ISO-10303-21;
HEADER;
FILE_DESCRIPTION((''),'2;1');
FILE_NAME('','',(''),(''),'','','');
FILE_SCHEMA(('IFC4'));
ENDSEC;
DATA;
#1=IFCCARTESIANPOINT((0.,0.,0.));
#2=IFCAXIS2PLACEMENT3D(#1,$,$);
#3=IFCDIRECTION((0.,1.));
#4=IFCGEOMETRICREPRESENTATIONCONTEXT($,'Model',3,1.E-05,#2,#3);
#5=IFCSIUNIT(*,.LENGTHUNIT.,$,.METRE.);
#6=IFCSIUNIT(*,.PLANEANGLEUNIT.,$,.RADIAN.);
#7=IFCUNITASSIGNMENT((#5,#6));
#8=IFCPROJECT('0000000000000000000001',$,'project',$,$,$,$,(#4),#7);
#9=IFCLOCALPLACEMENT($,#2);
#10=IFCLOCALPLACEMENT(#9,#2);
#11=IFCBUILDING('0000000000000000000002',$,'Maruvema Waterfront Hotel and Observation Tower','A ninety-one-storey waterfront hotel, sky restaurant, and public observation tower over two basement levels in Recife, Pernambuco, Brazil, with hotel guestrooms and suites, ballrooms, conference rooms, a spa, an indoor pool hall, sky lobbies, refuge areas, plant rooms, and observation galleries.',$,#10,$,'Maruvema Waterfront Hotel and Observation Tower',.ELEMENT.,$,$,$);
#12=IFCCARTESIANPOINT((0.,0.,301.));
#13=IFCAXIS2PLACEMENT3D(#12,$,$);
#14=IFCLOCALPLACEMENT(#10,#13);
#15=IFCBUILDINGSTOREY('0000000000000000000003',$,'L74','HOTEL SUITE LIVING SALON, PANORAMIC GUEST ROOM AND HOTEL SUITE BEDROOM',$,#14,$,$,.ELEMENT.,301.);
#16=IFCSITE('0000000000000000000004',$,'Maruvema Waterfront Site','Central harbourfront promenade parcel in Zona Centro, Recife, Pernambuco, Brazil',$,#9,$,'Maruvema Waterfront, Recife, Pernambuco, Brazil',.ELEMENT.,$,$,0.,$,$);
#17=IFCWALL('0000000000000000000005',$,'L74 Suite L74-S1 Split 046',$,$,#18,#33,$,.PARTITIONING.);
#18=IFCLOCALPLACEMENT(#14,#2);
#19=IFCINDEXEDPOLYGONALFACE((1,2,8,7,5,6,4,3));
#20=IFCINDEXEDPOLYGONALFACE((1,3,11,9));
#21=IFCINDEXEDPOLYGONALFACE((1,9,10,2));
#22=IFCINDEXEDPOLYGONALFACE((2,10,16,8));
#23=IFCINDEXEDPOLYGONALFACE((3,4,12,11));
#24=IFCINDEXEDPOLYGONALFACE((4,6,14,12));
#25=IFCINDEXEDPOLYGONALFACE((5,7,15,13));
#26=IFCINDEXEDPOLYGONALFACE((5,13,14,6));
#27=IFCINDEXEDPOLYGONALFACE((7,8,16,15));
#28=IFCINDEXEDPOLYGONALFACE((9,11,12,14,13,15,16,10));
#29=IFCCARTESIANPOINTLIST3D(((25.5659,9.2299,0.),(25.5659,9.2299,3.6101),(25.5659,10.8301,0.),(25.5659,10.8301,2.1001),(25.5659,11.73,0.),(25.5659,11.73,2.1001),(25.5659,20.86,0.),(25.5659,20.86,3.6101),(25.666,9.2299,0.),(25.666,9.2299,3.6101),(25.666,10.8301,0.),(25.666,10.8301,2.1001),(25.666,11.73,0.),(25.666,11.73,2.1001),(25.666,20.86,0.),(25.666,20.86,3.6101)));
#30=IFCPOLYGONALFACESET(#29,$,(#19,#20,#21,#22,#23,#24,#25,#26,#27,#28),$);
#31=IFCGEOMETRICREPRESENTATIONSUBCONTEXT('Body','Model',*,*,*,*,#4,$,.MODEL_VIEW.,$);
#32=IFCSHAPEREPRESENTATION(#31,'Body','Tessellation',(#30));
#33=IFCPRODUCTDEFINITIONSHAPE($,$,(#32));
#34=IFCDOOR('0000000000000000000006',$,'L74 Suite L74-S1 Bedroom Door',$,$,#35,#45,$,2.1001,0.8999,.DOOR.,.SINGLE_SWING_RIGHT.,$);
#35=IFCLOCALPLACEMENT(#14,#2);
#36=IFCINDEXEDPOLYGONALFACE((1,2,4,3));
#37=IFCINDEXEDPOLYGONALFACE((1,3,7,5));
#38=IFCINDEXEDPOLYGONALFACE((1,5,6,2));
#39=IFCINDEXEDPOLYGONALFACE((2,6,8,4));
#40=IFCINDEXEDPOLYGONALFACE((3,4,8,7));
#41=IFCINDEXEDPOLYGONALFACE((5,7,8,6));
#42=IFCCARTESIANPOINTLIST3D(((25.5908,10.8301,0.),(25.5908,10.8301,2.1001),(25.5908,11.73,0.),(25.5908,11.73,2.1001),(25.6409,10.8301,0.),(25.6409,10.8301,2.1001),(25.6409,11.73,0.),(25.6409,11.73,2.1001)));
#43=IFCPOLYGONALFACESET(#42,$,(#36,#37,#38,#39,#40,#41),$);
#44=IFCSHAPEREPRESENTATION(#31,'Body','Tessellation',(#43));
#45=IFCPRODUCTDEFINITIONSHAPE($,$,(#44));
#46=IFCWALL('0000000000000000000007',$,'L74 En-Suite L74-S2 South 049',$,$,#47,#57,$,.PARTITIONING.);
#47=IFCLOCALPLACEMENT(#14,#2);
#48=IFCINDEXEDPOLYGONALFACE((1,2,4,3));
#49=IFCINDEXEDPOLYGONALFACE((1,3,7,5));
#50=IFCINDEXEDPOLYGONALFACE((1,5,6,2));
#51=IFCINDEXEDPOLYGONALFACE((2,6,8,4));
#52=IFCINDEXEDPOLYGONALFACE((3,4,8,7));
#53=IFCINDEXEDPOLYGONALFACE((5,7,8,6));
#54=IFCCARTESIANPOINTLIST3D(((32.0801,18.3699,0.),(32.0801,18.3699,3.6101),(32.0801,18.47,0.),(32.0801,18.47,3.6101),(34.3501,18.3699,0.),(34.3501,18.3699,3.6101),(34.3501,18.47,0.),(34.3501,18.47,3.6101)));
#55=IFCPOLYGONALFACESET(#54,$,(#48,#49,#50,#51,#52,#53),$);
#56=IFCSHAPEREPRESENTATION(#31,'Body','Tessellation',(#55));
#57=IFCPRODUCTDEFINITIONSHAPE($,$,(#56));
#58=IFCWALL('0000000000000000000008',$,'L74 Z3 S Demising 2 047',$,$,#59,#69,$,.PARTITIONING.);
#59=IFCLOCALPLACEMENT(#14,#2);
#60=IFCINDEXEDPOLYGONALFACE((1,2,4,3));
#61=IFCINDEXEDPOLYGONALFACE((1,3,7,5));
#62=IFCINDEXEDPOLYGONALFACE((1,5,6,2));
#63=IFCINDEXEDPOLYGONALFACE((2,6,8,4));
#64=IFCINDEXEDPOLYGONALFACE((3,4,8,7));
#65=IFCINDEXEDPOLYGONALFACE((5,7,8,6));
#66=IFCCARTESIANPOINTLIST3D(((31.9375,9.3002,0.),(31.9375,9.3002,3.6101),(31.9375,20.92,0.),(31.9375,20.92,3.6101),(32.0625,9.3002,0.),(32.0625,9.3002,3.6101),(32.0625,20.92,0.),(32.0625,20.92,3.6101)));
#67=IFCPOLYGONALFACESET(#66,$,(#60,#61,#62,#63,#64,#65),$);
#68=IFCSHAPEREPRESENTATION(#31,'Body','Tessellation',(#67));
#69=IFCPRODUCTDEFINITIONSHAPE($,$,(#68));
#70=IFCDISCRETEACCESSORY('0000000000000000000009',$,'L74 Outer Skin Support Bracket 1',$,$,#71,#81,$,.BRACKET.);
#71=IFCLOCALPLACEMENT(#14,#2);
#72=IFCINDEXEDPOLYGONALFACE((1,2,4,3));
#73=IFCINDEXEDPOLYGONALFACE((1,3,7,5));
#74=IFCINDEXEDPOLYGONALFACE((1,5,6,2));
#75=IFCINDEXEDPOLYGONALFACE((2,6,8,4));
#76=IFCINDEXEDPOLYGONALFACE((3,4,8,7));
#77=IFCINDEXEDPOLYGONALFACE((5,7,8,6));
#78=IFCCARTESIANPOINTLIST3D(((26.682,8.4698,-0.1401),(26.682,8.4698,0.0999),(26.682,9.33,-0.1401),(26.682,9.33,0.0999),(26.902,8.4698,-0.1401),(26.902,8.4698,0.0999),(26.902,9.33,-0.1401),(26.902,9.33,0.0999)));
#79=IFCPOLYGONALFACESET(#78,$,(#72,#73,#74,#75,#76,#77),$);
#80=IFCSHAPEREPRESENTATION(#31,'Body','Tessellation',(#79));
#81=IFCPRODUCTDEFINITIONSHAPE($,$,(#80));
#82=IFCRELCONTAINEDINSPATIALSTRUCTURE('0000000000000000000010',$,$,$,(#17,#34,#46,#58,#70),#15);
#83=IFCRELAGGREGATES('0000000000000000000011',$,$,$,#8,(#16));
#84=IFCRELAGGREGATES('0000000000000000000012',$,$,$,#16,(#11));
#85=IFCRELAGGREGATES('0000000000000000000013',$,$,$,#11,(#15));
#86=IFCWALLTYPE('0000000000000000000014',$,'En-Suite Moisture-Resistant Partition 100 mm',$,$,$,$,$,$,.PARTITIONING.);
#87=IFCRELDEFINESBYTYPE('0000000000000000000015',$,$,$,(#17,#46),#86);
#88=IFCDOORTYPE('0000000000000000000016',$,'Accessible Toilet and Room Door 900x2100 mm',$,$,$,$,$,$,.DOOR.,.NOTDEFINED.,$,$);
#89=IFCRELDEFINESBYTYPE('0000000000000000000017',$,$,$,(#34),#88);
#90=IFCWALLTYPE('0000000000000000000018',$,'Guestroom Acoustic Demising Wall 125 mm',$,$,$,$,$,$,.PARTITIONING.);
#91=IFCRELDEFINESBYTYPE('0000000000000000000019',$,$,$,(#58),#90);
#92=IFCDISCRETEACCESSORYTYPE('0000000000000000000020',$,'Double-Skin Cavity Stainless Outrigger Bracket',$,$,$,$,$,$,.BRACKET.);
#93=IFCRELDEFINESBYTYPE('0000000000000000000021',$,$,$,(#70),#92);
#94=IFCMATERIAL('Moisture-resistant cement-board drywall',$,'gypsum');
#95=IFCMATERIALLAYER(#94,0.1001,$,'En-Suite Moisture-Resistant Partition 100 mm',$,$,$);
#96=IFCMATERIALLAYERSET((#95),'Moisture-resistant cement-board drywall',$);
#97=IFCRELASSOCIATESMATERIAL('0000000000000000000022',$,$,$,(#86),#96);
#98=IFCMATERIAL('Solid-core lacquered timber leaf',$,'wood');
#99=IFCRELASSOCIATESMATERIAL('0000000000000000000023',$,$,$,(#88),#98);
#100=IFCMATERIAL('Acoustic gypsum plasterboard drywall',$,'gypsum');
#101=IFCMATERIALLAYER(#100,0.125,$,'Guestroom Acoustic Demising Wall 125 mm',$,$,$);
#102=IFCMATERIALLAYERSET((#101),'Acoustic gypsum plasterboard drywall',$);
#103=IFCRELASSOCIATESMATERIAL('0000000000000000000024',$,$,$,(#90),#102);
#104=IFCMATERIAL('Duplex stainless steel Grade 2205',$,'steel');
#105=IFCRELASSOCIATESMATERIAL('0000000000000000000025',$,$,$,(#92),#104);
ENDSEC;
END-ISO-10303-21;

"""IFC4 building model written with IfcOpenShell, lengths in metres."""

from ifc_helpers import new_model, si_unit, direction, frame, frame_2d, origin, origin_2d, place, context, subcontext, project, spatial, rectangle, extrude, material, layer, layer_set, type_object, element, fill, save


model = new_model("IFC4")

# Units and contexts
model_context = context("Model", 3, precision=1e-05, world=origin(), true_north=direction((0.0, 1.0)))
body_context = subcontext(model_context, "Body", "Model", "MODEL_VIEW")
ifc_project = project(units=[si_unit("LENGTHUNIT", "METRE"), si_unit("PLANEANGLEUNIT", "RADIAN")], contexts=[model_context])

# Site, building, storey
site_placement = place(None, origin())
site = spatial("IfcSite", under=ifc_project, at=site_placement, Name="Maruvema Waterfront Site", Description="Central harbourfront promenade parcel in Zona Centro, Recife, Pernambuco, Brazil", LongName="Maruvema Waterfront, Recife, Pernambuco, Brazil", CompositionType="ELEMENT", RefElevation=0.0)
building_placement = place(site_placement, origin())
building = spatial("IfcBuilding", under=site, at=building_placement, Name="Maruvema Waterfront Hotel and Observation Tower", Description="A ninety-one-storey waterfront hotel, sky restaurant, and public observation tower over two basement levels in Recife, Pernambuco, Brazil, with hotel guestrooms and suites, ballrooms, conference rooms, a spa, an indoor pool hall, sky lobbies, refuge areas, plant rooms, and observation galleries.", LongName="Maruvema Waterfront Hotel and Observation Tower", CompositionType="ELEMENT")
storey_placement = place(building_placement, frame((0.0, 0.0, 301.0)))
storey = spatial("IfcBuildingStorey", under=building, at=storey_placement, Name="L74", Description="HOTEL SUITE LIVING SALON, PANORAMIC GUEST ROOM AND HOTEL SUITE BEDROOM", CompositionType="ELEMENT", Elevation=301.0)

# Shared definitions
ifc_material_1 = material(Name="Moisture-resistant cement-board drywall", Category="gypsum")
ifc_layer_1 = layer(ifc_material_1, 0.1001, Name="En-Suite Moisture-Resistant Partition 100 mm")
ifc_layer_set_1 = layer_set([ifc_layer_1], Name="Moisture-resistant cement-board drywall")
wall_type_1 = type_object("IfcWallType", Name="En-Suite Moisture-Resistant Partition 100 mm", PredefinedType="PARTITIONING", material=ifc_layer_set_1)

# Wall, opening, door
wall_1_placement = place(storey_placement, frame((25.616, 9.23, 0.0), z_axis=(0.0, 0.0, 1.0), x_axis=(0.0, 1.0, 0.0)))
wall_1 = element("IfcWall", 1, at=wall_1_placement, inside=storey, type_object=wall_type_1, Name="L74 Suite L74-S1 Split 046", PredefinedType="PARTITIONING", context=body_context, shape_type="SweptSolid", body=[
    extrude(rectangle(XDim=11.6301, YDim=0.1001, at=frame_2d((5.8149, 0.0))), origin(), (0.0, 0.0, 1.0), 3.6101),
])
opening_placement = place(wall_1_placement, frame((1.6001, 0.0, 0.0)))
opening = element("IfcOpeningElement", 2, at=opening_placement, cuts=wall_1, PredefinedType="OPENING", context=body_context, shape_type="SweptSolid", body=[
    extrude(rectangle(XDim=0.8999, YDim=2.1001, at=frame_2d((0.45, 1.05))), frame((0.0, 0.0601, 0.0), z_axis=(0.0, -1.0, 0.0), x_axis=(1.0, 0.0, 0.0)), (0.0, 0.0, 1.0), 0.1201),
])
ifc_material_2 = material(Name="Solid-core lacquered timber leaf", Category="wood")
door_type = type_object("IfcDoorType", Name="Accessible Toilet and Room Door 900x2100 mm", OperationType="NOTDEFINED", PredefinedType="DOOR", material=ifc_material_2)
door_placement = place(opening_placement, frame((0.8999, 0.0, 0.0), z_axis=(0.0, 0.0, 1.0), x_axis=(-1.0, 0.0, 0.0)))
door = element("IfcDoor", 3, at=door_placement, inside=storey, type_object=door_type, Name="L74 Suite L74-S1 Bedroom Door", OperationType="SINGLE_SWING_RIGHT", OverallHeight=2.1001, OverallWidth=0.8999, PredefinedType="DOOR", context=body_context, shape_type="SweptSolid", body=[
    extrude(rectangle(XDim=0.8999, YDim=2.1001, at=frame_2d((0.45, 1.05))), frame((0.0, 0.0249, 0.0), z_axis=(0.0, -1.0, 0.0), x_axis=(1.0, 0.0, 0.0)), (0.0, 0.0, 1.0), 0.05),
])
fill(opening, door)

# Walls
wall_2_placement = place(storey_placement, frame((32.0801, 18.4199, 0.0), z_axis=(0.0, 0.0, 1.0), x_axis=(1.0, 0.0, 0.0)))
element("IfcWall", 4, at=wall_2_placement, inside=storey, type_object=wall_type_1, Name="L74 En-Suite L74-S2 South 049", PredefinedType="PARTITIONING", context=body_context, shape_type="SweptSolid", body=[
    extrude(rectangle(XDim=2.27, YDim=0.1001, at=frame_2d((1.135, 0.0))), origin(), (0.0, 0.0, 1.0), 3.6101),
])
ifc_material_3 = material(Name="Acoustic gypsum plasterboard drywall", Category="gypsum")
ifc_layer_2 = layer(ifc_material_3, 0.125, Name="Guestroom Acoustic Demising Wall 125 mm")
ifc_layer_set_2 = layer_set([ifc_layer_2], Name="Acoustic gypsum plasterboard drywall")
wall_type_2 = type_object("IfcWallType", Name="Guestroom Acoustic Demising Wall 125 mm", PredefinedType="PARTITIONING", material=ifc_layer_set_2)
wall_3_placement = place(storey_placement, frame((32.0, 9.3, 0.0), z_axis=(0.0, 0.0, 1.0), x_axis=(0.0, 1.0, 0.0)))
element("IfcWall", 5, at=wall_3_placement, inside=storey, type_object=wall_type_2, Name="L74 Z3 S Demising 2 047", PredefinedType="PARTITIONING", context=body_context, shape_type="SweptSolid", body=[
    extrude(rectangle(XDim=11.6199, YDim=0.125, at=frame_2d((5.8101, 0.0))), origin(), (0.0, 0.0, 1.0), 3.6101),
])

# Discrete accessory
ifc_material_4 = material(Name="Duplex stainless steel Grade 2205", Category="steel")
discrete_accessory_type = type_object("IfcDiscreteAccessoryType", Name="Double-Skin Cavity Stainless Outrigger Bracket", PredefinedType="BRACKET", material=ifc_material_4)
discrete_accessory_placement = place(storey_placement, frame((26.792, 8.8999, -0.1401), z_axis=(0.0, 0.0, 1.0), x_axis=(1.0, 0.0, 0.0)))
element("IfcDiscreteAccessory", 6, at=discrete_accessory_placement, inside=storey, type_object=discrete_accessory_type, Name="L74 Outer Skin Support Bracket 1", PredefinedType="BRACKET", context=body_context, shape_type="SweptSolid", body=[
    extrude(rectangle(XDim=0.22, YDim=0.8601, at=origin_2d()), origin(), (0.0, 0.0, 1.0), 0.24),
])

save(model, "model.ifc")
